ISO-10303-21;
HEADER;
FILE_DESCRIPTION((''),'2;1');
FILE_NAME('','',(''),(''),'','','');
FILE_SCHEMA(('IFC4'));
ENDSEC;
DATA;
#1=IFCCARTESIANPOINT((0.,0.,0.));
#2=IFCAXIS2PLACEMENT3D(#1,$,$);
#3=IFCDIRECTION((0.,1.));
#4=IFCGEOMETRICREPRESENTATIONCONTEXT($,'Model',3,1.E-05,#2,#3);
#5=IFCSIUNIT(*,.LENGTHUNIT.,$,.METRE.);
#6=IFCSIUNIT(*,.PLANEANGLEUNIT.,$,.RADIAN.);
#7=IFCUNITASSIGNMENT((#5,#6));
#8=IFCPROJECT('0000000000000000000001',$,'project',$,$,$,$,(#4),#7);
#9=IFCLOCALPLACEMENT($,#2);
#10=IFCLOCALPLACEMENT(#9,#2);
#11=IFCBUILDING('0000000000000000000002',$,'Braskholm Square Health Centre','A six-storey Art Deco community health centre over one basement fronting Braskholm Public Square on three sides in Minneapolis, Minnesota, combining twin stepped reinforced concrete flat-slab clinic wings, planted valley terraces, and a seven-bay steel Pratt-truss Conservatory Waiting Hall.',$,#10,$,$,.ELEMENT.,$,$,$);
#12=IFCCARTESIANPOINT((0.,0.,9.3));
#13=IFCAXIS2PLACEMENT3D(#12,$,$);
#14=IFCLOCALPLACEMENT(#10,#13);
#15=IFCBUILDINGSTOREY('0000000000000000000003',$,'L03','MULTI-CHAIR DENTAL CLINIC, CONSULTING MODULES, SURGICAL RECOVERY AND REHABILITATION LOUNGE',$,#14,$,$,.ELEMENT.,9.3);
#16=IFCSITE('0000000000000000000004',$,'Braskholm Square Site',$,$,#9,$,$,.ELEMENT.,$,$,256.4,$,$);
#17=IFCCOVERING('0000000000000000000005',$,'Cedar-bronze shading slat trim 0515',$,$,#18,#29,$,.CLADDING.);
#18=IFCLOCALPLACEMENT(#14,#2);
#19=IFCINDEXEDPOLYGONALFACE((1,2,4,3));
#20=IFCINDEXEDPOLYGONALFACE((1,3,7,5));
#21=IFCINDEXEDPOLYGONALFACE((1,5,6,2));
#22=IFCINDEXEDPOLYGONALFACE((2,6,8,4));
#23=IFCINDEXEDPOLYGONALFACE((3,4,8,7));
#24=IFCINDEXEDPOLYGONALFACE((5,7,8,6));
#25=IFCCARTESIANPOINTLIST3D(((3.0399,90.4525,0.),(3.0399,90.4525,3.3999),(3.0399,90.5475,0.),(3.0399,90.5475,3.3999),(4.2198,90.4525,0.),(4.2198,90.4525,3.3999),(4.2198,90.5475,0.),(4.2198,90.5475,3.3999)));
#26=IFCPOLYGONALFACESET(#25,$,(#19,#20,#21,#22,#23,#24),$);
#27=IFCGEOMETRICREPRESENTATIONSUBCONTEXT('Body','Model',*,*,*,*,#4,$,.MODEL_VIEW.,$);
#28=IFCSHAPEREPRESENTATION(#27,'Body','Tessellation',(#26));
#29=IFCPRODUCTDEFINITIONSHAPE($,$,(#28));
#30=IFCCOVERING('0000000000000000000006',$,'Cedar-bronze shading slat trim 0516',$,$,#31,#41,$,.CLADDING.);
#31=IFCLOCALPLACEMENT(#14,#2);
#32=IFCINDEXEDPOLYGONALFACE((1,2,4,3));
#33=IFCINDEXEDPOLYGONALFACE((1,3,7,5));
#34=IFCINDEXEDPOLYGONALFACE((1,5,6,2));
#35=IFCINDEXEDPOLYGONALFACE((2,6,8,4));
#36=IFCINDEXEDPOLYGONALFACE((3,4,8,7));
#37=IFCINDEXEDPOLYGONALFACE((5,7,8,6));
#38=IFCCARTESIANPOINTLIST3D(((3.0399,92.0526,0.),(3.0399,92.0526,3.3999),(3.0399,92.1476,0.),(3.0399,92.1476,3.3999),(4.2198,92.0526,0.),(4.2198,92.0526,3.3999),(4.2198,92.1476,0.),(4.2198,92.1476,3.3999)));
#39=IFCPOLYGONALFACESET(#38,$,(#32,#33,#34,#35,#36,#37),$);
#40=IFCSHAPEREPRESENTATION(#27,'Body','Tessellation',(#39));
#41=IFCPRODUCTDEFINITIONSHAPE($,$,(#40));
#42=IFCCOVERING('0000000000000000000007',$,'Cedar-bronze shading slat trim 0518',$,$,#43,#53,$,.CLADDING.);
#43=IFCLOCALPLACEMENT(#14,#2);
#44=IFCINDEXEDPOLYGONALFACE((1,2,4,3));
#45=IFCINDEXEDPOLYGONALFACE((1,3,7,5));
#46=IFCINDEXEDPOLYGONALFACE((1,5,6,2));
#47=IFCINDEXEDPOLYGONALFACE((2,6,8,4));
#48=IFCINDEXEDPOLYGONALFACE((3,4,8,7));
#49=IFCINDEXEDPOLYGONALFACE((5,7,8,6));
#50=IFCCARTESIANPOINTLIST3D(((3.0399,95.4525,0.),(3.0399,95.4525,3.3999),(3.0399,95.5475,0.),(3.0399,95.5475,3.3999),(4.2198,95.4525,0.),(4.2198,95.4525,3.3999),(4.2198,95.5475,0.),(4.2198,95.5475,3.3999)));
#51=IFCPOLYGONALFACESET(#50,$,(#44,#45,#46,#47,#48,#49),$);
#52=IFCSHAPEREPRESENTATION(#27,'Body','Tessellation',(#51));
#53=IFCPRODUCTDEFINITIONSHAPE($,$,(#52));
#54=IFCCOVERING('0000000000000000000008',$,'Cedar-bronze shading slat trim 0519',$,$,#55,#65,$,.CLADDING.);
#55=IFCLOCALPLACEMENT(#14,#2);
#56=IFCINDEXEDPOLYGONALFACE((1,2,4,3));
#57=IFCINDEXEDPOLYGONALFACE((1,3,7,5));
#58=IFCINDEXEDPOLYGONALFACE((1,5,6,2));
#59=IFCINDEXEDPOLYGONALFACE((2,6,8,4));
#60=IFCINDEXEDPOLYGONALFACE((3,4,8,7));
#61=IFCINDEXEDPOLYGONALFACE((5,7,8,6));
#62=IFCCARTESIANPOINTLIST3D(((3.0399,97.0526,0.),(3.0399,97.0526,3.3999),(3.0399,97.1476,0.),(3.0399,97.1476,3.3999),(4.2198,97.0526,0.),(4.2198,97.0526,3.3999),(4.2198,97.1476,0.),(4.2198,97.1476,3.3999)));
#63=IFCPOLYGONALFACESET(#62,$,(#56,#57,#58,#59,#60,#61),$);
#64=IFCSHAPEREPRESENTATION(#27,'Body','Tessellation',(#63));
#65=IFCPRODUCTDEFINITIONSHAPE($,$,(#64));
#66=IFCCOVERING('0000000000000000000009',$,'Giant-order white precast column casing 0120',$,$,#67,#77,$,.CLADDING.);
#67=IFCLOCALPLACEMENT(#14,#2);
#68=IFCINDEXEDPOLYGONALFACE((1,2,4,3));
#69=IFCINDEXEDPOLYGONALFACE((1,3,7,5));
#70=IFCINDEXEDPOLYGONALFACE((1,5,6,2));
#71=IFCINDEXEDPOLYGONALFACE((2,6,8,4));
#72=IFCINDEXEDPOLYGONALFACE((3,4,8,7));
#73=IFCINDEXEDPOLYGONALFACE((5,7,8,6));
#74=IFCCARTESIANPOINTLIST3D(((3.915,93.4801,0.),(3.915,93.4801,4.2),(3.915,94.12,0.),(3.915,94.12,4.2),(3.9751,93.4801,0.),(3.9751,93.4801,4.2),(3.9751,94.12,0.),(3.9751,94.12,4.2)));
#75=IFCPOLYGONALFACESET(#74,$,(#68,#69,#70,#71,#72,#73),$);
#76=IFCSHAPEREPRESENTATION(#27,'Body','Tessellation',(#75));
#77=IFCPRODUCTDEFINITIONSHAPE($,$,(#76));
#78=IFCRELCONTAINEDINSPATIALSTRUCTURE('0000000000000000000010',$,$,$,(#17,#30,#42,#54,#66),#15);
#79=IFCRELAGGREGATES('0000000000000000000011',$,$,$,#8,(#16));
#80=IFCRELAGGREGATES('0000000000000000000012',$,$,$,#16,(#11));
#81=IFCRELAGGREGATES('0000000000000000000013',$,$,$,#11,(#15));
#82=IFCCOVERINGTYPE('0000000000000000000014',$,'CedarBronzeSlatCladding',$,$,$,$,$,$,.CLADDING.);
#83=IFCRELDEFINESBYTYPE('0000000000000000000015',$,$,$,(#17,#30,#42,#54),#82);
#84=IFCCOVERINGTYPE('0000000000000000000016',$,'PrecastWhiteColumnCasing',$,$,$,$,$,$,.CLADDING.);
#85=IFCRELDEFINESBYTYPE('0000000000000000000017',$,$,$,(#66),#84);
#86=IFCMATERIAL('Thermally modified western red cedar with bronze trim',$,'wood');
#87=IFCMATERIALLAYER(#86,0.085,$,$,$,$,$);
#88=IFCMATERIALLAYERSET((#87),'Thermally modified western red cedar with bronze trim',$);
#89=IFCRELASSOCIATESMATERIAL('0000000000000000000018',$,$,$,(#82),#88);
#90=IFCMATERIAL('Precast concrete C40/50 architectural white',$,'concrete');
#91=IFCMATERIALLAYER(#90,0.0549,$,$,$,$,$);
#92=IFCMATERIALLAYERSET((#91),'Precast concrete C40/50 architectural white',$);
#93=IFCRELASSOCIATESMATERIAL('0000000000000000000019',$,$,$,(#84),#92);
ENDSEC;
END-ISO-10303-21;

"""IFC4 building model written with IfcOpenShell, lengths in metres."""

from ifc_helpers import new_model, si_unit, direction, frame, origin, origin_2d, place, context, subcontext, project, spatial, rectangle, extrude, material, layer, layer_set, type_object, element, save


model = new_model("IFC4")

# Units and contexts
model_context = context("Model", 3, precision=1e-05, world=origin(), true_north=direction((0.0, 1.0)))
body_context = subcontext(model_context, "Body", "Model", "MODEL_VIEW")
ifc_project = project(units=[si_unit("LENGTHUNIT", "METRE"), si_unit("PLANEANGLEUNIT", "RADIAN")], contexts=[model_context])

# Site, building, storey
site_placement = place(None, origin())
site = spatial("IfcSite", under=ifc_project, at=site_placement, Name="Braskholm Square Site", CompositionType="ELEMENT", RefElevation=256.4)
building_placement = place(site_placement, origin())
building = spatial("IfcBuilding", under=site, at=building_placement, Name="Braskholm Square Health Centre", Description="A six-storey Art Deco community health centre over one basement fronting Braskholm Public Square on three sides in Minneapolis, Minnesota, combining twin stepped reinforced concrete flat-slab clinic wings, planted valley terraces, and a seven-bay steel Pratt-truss Conservatory Waiting Hall.", CompositionType="ELEMENT")
storey_placement = place(building_placement, frame((0.0, 0.0, 9.3)))
storey = spatial("IfcBuildingStorey", under=building, at=storey_placement, Name="L03", Description="MULTI-CHAIR DENTAL CLINIC, CONSULTING MODULES, SURGICAL RECOVERY AND REHABILITATION LOUNGE", CompositionType="ELEMENT", Elevation=9.3)

# Shared definitions
ifc_material_1 = material(Name="Precast concrete C40/50 architectural white", Category="concrete")

# Shared definitions
ifc_material_2 = material(Name="Thermally modified western red cedar with bronze trim", Category="wood")

# Coverings
ifc_layer_1 = layer(ifc_material_2, 0.085)
ifc_layer_set_1 = layer_set([ifc_layer_1], Name="Thermally modified western red cedar with bronze trim")
covering_type_1 = type_object("IfcCoveringType", Name="CedarBronzeSlatCladding", PredefinedType="CLADDING", material=ifc_layer_set_1)
for number, where, z_axis, x_axis, name in (
    (1, (3.6299, 90.5, 0.0), (0.0, 0.0, 1.0), (1.0, 0.0, 0.0), "Cedar-bronze shading slat trim 0515"),
    (2, (3.6299, 92.1001, 0.0), (0.0, 0.0, 1.0), (1.0, 0.0, 0.0), "Cedar-bronze shading slat trim 0516"),
    (3, (3.6299, 95.5, 0.0), (0.0, 0.0, 1.0), (1.0, 0.0, 0.0), "Cedar-bronze shading slat trim 0518"),
    (4, (3.6299, 97.1001, 0.0), (0.0, 0.0, 1.0), (1.0, 0.0, 0.0), "Cedar-bronze shading slat trim 0519"),
):
    element("IfcCovering", number, at=place(storey_placement, frame(where, z_axis=z_axis, x_axis=x_axis)), inside=storey, type_object=covering_type_1, Name=name, PredefinedType="CLADDING", context=body_context, shape_type="SweptSolid", body=[
        extrude(rectangle(XDim=1.1799, YDim=0.095, at=origin_2d()), origin(), (0.0, 0.0, 1.0), 3.3999),
    ])
ifc_layer_2 = layer(ifc_material_1, 0.0549)
ifc_layer_set_2 = layer_set([ifc_layer_2], Name="Precast concrete C40/50 architectural white")
covering_type_2 = type_object("IfcCoveringType", Name="PrecastWhiteColumnCasing", PredefinedType="CLADDING", material=ifc_layer_set_2)
covering_placement = place(storey_placement, frame((3.9451, 93.8, 0.0), z_axis=(0.0, 0.0, 1.0), x_axis=(1.0, 0.0, 0.0)))
element("IfcCovering", 5, at=covering_placement, inside=storey, type_object=covering_type_2, Name="Giant-order white precast column casing 0120", PredefinedType="CLADDING", context=body_context, shape_type="SweptSolid", body=[
    extrude(rectangle(XDim=0.0601, YDim=0.6399, at=origin_2d()), origin(), (0.0, 0.0, 1.0), 4.2),
])

save(model, "model.ifc")
